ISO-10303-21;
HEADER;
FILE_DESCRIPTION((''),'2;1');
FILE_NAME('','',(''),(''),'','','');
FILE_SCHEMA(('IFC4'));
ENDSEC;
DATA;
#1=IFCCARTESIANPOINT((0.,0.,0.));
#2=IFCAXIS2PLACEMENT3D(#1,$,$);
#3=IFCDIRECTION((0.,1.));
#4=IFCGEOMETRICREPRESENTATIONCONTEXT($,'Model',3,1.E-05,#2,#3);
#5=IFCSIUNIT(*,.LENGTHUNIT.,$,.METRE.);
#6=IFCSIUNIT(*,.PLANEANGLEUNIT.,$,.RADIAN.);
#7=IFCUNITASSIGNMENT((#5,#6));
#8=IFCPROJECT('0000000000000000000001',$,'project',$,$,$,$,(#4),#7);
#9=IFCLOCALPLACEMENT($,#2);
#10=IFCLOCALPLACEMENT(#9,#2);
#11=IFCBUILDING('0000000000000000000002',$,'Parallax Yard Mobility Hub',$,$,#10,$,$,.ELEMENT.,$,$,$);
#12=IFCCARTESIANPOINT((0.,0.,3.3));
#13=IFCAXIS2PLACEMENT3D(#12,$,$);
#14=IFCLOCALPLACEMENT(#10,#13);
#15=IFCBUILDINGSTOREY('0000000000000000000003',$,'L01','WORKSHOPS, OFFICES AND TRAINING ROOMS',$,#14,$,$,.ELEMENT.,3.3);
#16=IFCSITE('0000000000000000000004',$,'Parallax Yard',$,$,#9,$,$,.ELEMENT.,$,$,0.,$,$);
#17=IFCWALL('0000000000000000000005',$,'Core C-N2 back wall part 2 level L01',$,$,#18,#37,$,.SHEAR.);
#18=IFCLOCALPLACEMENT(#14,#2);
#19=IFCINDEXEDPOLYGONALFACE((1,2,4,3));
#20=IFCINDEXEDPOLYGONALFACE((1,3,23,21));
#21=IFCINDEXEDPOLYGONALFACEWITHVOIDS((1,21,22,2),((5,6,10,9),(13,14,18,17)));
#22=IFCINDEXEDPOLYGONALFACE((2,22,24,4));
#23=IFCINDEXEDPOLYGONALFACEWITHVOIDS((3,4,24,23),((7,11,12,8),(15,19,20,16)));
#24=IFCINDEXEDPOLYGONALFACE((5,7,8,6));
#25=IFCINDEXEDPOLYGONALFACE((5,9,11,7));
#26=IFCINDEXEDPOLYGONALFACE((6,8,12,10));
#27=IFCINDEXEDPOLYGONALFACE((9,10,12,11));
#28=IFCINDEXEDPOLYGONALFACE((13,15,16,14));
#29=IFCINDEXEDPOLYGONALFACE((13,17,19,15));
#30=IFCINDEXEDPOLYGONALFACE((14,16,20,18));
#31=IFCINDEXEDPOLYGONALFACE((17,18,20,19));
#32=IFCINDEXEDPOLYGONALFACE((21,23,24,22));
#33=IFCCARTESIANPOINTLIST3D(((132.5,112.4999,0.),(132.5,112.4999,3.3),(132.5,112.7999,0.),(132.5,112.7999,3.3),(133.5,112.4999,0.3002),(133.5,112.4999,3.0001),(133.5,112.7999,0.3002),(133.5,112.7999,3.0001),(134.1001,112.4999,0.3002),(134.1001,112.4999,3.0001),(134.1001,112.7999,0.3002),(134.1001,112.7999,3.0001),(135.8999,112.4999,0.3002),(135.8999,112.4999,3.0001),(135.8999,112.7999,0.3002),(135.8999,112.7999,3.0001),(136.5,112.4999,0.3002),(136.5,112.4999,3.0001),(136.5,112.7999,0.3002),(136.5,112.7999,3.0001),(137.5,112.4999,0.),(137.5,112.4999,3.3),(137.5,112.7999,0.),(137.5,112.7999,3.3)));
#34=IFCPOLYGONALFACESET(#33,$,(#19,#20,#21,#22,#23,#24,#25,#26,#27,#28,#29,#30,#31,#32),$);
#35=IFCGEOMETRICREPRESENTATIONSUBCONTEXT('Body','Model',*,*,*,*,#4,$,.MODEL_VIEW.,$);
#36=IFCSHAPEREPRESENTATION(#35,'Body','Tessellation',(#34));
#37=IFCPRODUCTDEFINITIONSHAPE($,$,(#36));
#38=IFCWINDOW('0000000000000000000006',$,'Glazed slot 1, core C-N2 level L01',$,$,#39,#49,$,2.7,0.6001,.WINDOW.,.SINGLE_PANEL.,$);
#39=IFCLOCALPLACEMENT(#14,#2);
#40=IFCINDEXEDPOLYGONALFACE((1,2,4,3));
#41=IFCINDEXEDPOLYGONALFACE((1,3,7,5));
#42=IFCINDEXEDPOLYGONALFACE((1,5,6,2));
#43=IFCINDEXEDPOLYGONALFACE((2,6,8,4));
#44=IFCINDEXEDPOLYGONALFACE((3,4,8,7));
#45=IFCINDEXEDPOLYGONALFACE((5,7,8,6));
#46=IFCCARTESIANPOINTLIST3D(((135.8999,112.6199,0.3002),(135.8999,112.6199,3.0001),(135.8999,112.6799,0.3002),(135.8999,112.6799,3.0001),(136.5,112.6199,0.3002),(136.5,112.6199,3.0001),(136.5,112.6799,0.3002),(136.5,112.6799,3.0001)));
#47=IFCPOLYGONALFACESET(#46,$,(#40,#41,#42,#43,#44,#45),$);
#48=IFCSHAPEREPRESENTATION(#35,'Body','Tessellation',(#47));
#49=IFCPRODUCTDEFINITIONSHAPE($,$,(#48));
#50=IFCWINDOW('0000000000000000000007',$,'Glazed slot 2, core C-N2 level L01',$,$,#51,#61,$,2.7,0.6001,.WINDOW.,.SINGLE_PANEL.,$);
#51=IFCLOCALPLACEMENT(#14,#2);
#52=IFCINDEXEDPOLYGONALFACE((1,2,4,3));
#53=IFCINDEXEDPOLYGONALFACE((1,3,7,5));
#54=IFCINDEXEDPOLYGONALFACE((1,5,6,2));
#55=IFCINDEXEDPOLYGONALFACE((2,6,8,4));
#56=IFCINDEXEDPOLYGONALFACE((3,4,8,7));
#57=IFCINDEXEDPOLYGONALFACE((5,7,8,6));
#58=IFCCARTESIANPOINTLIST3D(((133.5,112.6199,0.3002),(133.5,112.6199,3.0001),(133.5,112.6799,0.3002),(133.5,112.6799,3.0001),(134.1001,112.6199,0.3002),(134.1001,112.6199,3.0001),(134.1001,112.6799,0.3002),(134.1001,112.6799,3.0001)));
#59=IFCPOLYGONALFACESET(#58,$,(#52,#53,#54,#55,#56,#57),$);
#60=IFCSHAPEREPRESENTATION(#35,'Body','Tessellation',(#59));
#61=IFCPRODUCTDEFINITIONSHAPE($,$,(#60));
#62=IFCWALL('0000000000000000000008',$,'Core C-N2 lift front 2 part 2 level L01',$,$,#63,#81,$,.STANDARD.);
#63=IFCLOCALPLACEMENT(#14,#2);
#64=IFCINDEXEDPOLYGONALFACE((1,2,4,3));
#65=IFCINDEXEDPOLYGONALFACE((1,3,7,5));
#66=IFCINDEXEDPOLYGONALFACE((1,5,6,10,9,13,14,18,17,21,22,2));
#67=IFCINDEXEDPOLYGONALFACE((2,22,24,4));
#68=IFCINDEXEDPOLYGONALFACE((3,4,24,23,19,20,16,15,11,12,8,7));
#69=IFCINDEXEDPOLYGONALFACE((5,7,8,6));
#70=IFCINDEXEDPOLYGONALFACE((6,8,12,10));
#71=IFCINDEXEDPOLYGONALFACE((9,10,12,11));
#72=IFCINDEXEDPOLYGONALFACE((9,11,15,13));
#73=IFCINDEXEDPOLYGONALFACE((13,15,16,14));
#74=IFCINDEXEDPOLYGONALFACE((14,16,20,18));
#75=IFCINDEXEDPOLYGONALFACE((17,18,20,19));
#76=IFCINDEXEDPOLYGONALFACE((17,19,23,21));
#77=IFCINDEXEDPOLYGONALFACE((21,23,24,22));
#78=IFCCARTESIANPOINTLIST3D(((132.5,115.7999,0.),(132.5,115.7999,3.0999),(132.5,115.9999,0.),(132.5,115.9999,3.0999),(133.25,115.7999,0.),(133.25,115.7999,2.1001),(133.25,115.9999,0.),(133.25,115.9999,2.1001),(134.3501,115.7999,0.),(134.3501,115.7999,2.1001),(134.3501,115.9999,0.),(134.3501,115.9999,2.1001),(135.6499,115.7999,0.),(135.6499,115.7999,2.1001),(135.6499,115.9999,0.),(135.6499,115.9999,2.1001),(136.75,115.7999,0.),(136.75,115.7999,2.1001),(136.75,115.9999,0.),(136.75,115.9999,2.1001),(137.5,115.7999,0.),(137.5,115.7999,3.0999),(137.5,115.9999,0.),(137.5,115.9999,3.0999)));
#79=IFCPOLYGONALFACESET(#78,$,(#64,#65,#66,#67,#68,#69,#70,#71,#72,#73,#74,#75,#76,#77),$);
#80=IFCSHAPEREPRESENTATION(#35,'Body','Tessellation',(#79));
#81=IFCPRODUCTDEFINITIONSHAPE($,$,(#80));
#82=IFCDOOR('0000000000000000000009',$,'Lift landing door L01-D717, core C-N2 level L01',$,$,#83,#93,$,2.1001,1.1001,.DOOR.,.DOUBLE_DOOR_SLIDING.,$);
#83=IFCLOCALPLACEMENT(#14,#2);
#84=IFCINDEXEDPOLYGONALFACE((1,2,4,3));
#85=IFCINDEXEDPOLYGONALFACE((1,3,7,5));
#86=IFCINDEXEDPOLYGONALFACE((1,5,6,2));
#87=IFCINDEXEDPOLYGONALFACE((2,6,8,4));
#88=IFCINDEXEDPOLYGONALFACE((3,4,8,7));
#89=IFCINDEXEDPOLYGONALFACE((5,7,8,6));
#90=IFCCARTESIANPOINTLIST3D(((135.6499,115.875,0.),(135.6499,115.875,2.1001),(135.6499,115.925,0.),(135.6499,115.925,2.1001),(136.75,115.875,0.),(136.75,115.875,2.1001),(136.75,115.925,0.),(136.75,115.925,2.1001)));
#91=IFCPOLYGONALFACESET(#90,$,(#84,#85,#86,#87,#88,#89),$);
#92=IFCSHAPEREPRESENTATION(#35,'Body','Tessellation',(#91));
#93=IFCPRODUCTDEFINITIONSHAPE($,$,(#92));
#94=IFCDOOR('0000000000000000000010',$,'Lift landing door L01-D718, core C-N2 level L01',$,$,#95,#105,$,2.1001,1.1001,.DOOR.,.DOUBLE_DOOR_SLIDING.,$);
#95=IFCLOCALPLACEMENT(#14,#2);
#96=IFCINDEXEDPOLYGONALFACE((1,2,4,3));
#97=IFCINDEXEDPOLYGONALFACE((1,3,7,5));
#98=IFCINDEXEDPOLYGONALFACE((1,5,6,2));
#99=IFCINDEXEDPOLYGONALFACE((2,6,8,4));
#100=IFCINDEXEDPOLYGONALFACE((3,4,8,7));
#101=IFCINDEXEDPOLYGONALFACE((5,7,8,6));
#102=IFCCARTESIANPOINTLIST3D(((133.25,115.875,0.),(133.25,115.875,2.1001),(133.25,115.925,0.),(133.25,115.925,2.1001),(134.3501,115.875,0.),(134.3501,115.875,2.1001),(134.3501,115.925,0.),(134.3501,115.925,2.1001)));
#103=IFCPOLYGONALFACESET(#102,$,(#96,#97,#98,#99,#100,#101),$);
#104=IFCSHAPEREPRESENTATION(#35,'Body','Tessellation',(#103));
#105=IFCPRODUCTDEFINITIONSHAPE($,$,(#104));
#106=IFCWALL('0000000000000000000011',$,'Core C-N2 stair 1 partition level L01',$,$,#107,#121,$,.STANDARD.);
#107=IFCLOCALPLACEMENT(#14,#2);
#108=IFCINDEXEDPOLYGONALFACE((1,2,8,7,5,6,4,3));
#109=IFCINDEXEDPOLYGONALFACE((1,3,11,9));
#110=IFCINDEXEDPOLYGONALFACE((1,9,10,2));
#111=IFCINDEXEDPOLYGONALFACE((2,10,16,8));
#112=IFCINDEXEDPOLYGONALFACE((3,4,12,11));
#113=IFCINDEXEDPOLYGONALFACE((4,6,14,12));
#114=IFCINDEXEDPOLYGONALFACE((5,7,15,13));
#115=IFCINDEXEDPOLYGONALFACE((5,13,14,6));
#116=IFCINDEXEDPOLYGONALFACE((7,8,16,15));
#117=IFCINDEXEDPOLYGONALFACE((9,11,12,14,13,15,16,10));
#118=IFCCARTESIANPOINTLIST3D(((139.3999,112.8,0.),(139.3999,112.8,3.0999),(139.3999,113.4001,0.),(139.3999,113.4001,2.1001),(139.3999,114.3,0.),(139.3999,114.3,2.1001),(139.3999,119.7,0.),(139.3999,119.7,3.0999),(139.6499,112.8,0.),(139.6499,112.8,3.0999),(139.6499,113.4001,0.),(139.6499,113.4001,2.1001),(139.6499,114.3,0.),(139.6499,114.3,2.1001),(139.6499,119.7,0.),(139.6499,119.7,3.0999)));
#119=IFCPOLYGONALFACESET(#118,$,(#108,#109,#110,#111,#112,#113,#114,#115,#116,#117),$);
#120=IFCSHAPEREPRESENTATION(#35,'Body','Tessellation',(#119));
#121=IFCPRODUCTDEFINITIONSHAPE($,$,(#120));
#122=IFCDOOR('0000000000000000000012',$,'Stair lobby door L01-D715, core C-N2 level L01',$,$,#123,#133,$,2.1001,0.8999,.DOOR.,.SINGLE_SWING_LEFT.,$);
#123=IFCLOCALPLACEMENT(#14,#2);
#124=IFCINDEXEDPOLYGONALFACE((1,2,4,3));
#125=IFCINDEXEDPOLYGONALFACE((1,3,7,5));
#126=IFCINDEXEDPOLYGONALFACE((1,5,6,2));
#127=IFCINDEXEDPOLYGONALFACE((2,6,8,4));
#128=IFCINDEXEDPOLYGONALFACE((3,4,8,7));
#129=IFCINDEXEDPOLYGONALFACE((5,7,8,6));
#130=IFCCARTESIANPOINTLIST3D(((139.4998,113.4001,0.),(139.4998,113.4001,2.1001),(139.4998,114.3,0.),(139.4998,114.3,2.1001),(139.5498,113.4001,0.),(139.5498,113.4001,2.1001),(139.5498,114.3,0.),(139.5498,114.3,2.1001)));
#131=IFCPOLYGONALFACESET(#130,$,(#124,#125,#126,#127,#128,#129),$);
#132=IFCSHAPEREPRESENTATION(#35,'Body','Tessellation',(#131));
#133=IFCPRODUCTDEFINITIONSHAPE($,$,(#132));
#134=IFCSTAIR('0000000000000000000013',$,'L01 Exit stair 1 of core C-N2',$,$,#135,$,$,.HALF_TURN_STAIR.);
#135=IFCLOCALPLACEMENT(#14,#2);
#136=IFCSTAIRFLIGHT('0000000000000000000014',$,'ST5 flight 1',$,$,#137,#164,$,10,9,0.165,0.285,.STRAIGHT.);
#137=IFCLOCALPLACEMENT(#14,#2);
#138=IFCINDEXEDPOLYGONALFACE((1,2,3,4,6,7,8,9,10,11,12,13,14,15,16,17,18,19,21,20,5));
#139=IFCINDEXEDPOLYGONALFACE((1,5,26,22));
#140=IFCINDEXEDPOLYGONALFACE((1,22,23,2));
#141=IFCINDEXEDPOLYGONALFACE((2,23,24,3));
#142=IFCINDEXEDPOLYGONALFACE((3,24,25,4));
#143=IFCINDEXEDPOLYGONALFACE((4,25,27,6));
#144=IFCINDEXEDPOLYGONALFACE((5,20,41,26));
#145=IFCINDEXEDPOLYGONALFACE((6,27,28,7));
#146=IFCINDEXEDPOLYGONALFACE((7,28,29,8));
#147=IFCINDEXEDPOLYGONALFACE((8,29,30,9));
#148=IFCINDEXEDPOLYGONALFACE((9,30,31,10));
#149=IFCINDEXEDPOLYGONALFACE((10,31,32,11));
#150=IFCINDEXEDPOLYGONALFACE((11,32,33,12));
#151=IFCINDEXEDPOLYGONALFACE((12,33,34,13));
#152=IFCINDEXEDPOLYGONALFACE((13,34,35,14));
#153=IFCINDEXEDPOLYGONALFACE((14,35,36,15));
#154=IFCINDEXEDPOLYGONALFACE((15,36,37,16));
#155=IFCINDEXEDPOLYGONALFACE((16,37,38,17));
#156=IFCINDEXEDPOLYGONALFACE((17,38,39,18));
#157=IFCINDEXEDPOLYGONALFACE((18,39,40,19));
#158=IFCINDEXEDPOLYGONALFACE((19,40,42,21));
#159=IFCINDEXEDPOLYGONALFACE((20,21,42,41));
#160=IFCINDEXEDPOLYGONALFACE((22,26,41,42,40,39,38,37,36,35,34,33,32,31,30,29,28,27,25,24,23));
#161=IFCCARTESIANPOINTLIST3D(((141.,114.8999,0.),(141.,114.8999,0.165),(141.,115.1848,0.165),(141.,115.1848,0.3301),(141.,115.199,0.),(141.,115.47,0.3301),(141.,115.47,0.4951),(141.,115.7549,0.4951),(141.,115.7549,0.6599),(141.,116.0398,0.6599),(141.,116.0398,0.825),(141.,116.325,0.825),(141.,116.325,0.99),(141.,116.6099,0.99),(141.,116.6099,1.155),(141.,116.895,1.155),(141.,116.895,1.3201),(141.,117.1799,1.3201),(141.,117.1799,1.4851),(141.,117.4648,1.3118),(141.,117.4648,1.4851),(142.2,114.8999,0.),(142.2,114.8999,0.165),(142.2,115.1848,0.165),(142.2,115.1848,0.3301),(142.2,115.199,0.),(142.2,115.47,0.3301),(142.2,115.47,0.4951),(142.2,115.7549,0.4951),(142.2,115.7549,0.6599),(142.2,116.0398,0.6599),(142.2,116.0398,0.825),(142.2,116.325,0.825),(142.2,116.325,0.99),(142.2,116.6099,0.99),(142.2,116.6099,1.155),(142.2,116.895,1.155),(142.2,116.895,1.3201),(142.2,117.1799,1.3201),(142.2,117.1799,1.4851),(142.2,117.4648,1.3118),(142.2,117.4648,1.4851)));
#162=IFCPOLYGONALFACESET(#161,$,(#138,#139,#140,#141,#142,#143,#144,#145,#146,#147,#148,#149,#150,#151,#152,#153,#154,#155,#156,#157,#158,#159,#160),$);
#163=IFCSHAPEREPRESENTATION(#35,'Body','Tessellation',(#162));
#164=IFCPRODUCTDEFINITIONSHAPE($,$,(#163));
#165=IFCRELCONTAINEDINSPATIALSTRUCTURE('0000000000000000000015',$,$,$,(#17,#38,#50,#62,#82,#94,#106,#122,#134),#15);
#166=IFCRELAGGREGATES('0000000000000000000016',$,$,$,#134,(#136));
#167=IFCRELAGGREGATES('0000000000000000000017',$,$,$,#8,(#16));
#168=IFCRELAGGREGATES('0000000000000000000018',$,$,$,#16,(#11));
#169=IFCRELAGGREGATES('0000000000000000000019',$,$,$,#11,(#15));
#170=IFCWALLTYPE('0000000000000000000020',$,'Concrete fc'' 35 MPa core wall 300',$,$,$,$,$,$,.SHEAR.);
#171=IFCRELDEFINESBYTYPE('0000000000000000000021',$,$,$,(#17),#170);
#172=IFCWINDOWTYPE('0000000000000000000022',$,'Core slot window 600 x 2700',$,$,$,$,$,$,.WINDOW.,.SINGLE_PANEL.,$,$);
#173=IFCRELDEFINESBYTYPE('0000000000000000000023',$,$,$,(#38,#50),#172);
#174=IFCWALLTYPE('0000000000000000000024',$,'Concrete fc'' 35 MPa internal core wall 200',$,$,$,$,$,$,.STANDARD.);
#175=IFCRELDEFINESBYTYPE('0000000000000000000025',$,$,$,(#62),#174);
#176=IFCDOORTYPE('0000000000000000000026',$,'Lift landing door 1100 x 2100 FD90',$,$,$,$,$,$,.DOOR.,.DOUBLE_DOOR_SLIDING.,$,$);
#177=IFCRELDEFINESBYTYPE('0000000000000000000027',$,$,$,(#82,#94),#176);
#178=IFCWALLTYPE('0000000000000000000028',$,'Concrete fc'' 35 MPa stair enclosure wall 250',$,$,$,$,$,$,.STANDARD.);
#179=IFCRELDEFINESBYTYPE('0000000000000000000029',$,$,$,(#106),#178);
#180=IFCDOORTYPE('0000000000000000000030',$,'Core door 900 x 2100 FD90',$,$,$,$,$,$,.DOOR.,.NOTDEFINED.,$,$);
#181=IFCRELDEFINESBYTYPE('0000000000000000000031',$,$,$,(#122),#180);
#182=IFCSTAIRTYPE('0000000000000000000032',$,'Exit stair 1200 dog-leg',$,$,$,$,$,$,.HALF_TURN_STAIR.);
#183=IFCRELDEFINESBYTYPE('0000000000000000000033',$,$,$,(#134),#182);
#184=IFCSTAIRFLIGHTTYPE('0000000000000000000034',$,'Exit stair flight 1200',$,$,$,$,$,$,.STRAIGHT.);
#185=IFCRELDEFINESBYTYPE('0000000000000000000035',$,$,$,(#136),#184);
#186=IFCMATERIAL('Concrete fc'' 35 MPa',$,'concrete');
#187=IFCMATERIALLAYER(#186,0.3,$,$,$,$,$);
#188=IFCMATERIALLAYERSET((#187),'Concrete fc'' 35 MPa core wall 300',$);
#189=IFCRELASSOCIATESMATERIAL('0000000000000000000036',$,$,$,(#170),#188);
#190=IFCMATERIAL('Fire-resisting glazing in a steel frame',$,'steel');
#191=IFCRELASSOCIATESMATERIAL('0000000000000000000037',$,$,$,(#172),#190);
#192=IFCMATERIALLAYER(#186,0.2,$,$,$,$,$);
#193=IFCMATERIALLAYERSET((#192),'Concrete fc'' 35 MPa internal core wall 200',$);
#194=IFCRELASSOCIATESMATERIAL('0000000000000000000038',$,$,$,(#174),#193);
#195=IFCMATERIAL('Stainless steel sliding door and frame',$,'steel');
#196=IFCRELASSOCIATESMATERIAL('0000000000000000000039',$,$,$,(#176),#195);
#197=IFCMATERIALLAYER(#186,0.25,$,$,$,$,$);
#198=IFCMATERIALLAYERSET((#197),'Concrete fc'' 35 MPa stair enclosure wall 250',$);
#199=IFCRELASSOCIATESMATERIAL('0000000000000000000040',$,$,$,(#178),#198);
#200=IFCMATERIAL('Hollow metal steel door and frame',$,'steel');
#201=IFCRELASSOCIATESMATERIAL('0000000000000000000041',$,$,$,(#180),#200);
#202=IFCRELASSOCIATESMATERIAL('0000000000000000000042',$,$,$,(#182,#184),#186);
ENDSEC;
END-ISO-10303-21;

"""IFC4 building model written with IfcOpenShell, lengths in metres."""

from ifc_helpers import new_model, si_unit, direction, frame, frame_2d, origin, place, context, subcontext, project, spatial, polyline, rectangle, outline, extrude, material, layer, layer_set, type_object, element, fill, aggregate, save


model = new_model("IFC4")

# Units and contexts
model_context = context("Model", 3, precision=1e-05, world=origin(), true_north=direction((0.0, 1.0)))
body_context = subcontext(model_context, "Body", "Model", "MODEL_VIEW")
ifc_project = project(units=[si_unit("LENGTHUNIT", "METRE"), si_unit("PLANEANGLEUNIT", "RADIAN")], contexts=[model_context])

# Site, building, storey
site_placement = place(None, origin())
site = spatial("IfcSite", under=ifc_project, at=site_placement, Name="Parallax Yard", CompositionType="ELEMENT", RefElevation=0.0)
building_placement = place(site_placement, origin())
building = spatial("IfcBuilding", under=site, at=building_placement, Name="Parallax Yard Mobility Hub", CompositionType="ELEMENT")
storey_placement = place(building_placement, frame((0.0, 0.0, 3.3)))
storey = spatial("IfcBuildingStorey", under=building, at=storey_placement, Name="L01", Description="WORKSHOPS, OFFICES AND TRAINING ROOMS", CompositionType="ELEMENT", Elevation=3.3)

# Wall, openings, windows
ifc_material_1 = material(Name="Concrete fc' 35 MPa", Category="concrete")
ifc_layer_1 = layer(ifc_material_1, 0.3)
ifc_layer_set_1 = layer_set([ifc_layer_1], Name="Concrete fc' 35 MPa core wall 300")
wall_type_1 = type_object("IfcWallType", Name="Concrete fc' 35 MPa core wall 300", PredefinedType="SHEAR", material=ifc_layer_set_1)
wall_1_placement = place(storey_placement, frame((137.5, 112.6499, 0.0), z_axis=(0.0, 0.0, 1.0), x_axis=(-1.0, 0.0, 0.0)))
wall_1 = element("IfcWall", 1, at=wall_1_placement, inside=storey, type_object=wall_type_1, Name="Core C-N2 back wall part 2 level L01", PredefinedType="SHEAR", context=body_context, shape_type="SweptSolid", body=[
    extrude(rectangle(XDim=5.0, YDim=0.3, at=frame_2d((2.5, 0.0))), origin(), (0.0, 0.0, 1.0), 3.3),
])
opening_1_placement = place(wall_1_placement, frame((1.0, 0.0, 0.3)))
opening_1 = element("IfcOpeningElement", 2, at=opening_1_placement, cuts=wall_1, PredefinedType="OPENING", context=body_context, shape_type="SweptSolid", body=[
    extrude(rectangle(XDim=0.6001, YDim=2.7, at=frame_2d((0.3, 1.3501))), frame((0.0, 0.1602, 0.0), z_axis=(0.0, -1.0, 0.0), x_axis=(1.0, 0.0, 0.0)), (0.0, 0.0, 1.0), 0.3201),
])
opening_2_placement = place(wall_1_placement, frame((3.3999, 0.0, 0.3)))
opening_2 = element("IfcOpeningElement", 3, at=opening_2_placement, cuts=wall_1, PredefinedType="OPENING", context=body_context, shape_type="SweptSolid", body=[
    extrude(rectangle(XDim=0.6001, YDim=2.7, at=frame_2d((0.3, 1.3501))), frame((0.0, 0.1602, 0.0), z_axis=(0.0, -1.0, 0.0), x_axis=(1.0, 0.0, 0.0)), (0.0, 0.0, 1.0), 0.3201),
])
ifc_material_2 = material(Name="Fire-resisting glazing in a steel frame", Category="steel")
window_type = type_object("IfcWindowType", Name="Core slot window 600 x 2700", PartitioningType="SINGLE_PANEL", PredefinedType="WINDOW", material=ifc_material_2)
window_1_placement = place(opening_1_placement, origin())
window_1 = element("IfcWindow", 4, at=window_1_placement, inside=storey, type_object=window_type, Name="Glazed slot 1, core C-N2 level L01", OverallHeight=2.7, OverallWidth=0.6001, PartitioningType="SINGLE_PANEL", PredefinedType="WINDOW", context=body_context, shape_type="SweptSolid", body=[
    extrude(rectangle(XDim=0.6001, YDim=2.7, at=frame_2d((0.3, 1.3501))), frame((0.0, 0.03, 0.0), z_axis=(0.0, -1.0, 0.0), x_axis=(1.0, 0.0, 0.0)), (0.0, 0.0, 1.0), 0.0601),
])
fill(opening_1, window_1)
window_2_placement = place(opening_2_placement, origin())
window_2 = element("IfcWindow", 5, at=window_2_placement, inside=storey, type_object=window_type, Name="Glazed slot 2, core C-N2 level L01", OverallHeight=2.7, OverallWidth=0.6001, PartitioningType="SINGLE_PANEL", PredefinedType="WINDOW", context=body_context, shape_type="SweptSolid", body=[
    extrude(rectangle(XDim=0.6001, YDim=2.7, at=frame_2d((0.3, 1.3501))), frame((0.0, 0.03, 0.0), z_axis=(0.0, -1.0, 0.0), x_axis=(1.0, 0.0, 0.0)), (0.0, 0.0, 1.0), 0.0601),
])
fill(opening_2, window_2)

# Wall, openings, doors
ifc_layer_2 = layer(ifc_material_1, 0.2)
ifc_layer_set_2 = layer_set([ifc_layer_2], Name="Concrete fc' 35 MPa internal core wall 200")
wall_type_2 = type_object("IfcWallType", Name="Concrete fc' 35 MPa internal core wall 200", PredefinedType="STANDARD", material=ifc_layer_set_2)
wall_2_placement = place(storey_placement, frame((137.5, 115.8999, 0.0), z_axis=(0.0, 0.0, 1.0), x_axis=(-1.0, 0.0, 0.0)))
wall_2 = element("IfcWall", 6, at=wall_2_placement, inside=storey, type_object=wall_type_2, Name="Core C-N2 lift front 2 part 2 level L01", PredefinedType="STANDARD", context=body_context, shape_type="SweptSolid", body=[
    extrude(rectangle(XDim=5.0, YDim=0.2, at=frame_2d((2.5, 0.0))), origin(), (0.0, 0.0, 1.0), 3.0999),
])
opening_3_placement = place(wall_2_placement, frame((0.75, 0.0, 0.0)))
opening_3 = element("IfcOpeningElement", 7, at=opening_3_placement, cuts=wall_2, PredefinedType="OPENING", context=body_context, shape_type="SweptSolid", body=[
    extrude(rectangle(XDim=1.1001, YDim=2.1001, at=frame_2d((0.55, 1.05))), frame((0.0, 0.1099, 0.0), z_axis=(0.0, -1.0, 0.0), x_axis=(1.0, 0.0, 0.0)), (0.0, 0.0, 1.0), 0.22),
])
opening_4_placement = place(wall_2_placement, frame((3.1499, 0.0, 0.0)))
opening_4 = element("IfcOpeningElement", 8, at=opening_4_placement, cuts=wall_2, PredefinedType="OPENING", context=body_context, shape_type="SweptSolid", body=[
    extrude(rectangle(XDim=1.1001, YDim=2.1001, at=frame_2d((0.55, 1.05))), frame((0.0, 0.1099, 0.0), z_axis=(0.0, -1.0, 0.0), x_axis=(1.0, 0.0, 0.0)), (0.0, 0.0, 1.0), 0.22),
])
ifc_material_3 = material(Name="Stainless steel sliding door and frame", Category="steel")
door_type_1 = type_object("IfcDoorType", Name="Lift landing door 1100 x 2100 FD90", OperationType="DOUBLE_DOOR_SLIDING", PredefinedType="DOOR", material=ifc_material_3)
door_1_placement = place(opening_3_placement, origin())
door_1 = element("IfcDoor", 9, at=door_1_placement, inside=storey, type_object=door_type_1, Name="Lift landing door L01-D717, core C-N2 level L01", OperationType="DOUBLE_DOOR_SLIDING", OverallHeight=2.1001, OverallWidth=1.1001, PredefinedType="DOOR", context=body_context, shape_type="SweptSolid", body=[
    extrude(rectangle(XDim=1.1001, YDim=2.1001, at=frame_2d((0.55, 1.05))), frame((0.0, 0.0249, 0.0), z_axis=(0.0, -1.0, 0.0), x_axis=(1.0, 0.0, 0.0)), (0.0, 0.0, 1.0), 0.05),
])
fill(opening_3, door_1)
door_2_placement = place(opening_4_placement, origin())
door_2 = element("IfcDoor", 10, at=door_2_placement, inside=storey, type_object=door_type_1, Name="Lift landing door L01-D718, core C-N2 level L01", OperationType="DOUBLE_DOOR_SLIDING", OverallHeight=2.1001, OverallWidth=1.1001, PredefinedType="DOOR", context=body_context, shape_type="SweptSolid", body=[
    extrude(rectangle(XDim=1.1001, YDim=2.1001, at=frame_2d((0.55, 1.05))), frame((0.0, 0.0249, 0.0), z_axis=(0.0, -1.0, 0.0), x_axis=(1.0, 0.0, 0.0)), (0.0, 0.0, 1.0), 0.05),
])
fill(opening_4, door_2)

# Wall, opening, door
ifc_layer_3 = layer(ifc_material_1, 0.25)
ifc_layer_set_3 = layer_set([ifc_layer_3], Name="Concrete fc' 35 MPa stair enclosure wall 250")
wall_type_3 = type_object("IfcWallType", Name="Concrete fc' 35 MPa stair enclosure wall 250", PredefinedType="STANDARD", material=ifc_layer_set_3)
wall_3_placement = place(storey_placement, frame((139.5249, 119.7, 0.0), z_axis=(0.0, 0.0, 1.0), x_axis=(0.0, -1.0, 0.0)))
wall_3 = element("IfcWall", 11, at=wall_3_placement, inside=storey, type_object=wall_type_3, Name="Core C-N2 stair 1 partition level L01", PredefinedType="STANDARD", context=body_context, shape_type="SweptSolid", body=[
    extrude(rectangle(XDim=6.8999, YDim=0.25, at=frame_2d((3.45, 0.0))), origin(), (0.0, 0.0, 1.0), 3.0999),
])
opening_5_placement = place(wall_3_placement, frame((5.3999, 0.0, 0.0)))
opening_5 = element("IfcOpeningElement", 12, at=opening_5_placement, cuts=wall_3, PredefinedType="OPENING", context=body_context, shape_type="SweptSolid", body=[
    extrude(rectangle(XDim=0.8999, YDim=2.1001, at=frame_2d((0.45, 1.05))), frame((0.0, 0.135, 0.0), z_axis=(0.0, -1.0, 0.0), x_axis=(1.0, 0.0, 0.0)), (0.0, 0.0, 1.0), 0.27),
])
ifc_material_4 = material(Name="Hollow metal steel door and frame", Category="steel")
door_type_2 = type_object("IfcDoorType", Name="Core door 900 x 2100 FD90", OperationType="NOTDEFINED", PredefinedType="DOOR", material=ifc_material_4)
door_3_placement = place(opening_5_placement, origin())
door_3 = element("IfcDoor", 13, at=door_3_placement, inside=storey, type_object=door_type_2, Name="Stair lobby door L01-D715, core C-N2 level L01", OperationType="SINGLE_SWING_LEFT", OverallHeight=2.1001, OverallWidth=0.8999, PredefinedType="DOOR", context=body_context, shape_type="SweptSolid", body=[
    extrude(rectangle(XDim=0.8999, YDim=2.1001, at=frame_2d((0.45, 1.05))), frame((0.0, 0.0249, 0.0), z_axis=(0.0, -1.0, 0.0), x_axis=(1.0, 0.0, 0.0)), (0.0, 0.0, 1.0), 0.05),
])
fill(opening_5, door_3)

# Stair, stair flight
stair_type = type_object("IfcStairType", Name="Exit stair 1200 dog-leg", PredefinedType="HALF_TURN_STAIR", material=ifc_material_1)
stair_placement = place(storey_placement, origin())
stair = element("IfcStair", 14, at=stair_placement, inside=storey, type_object=stair_type, Name="L01 Exit stair 1 of core C-N2", PredefinedType="HALF_TURN_STAIR")
stair_flight_type = type_object("IfcStairFlightType", Name="Exit stair flight 1200", PredefinedType="STRAIGHT", material=ifc_material_1)
stair_flight_1_placement = place(storey_placement, frame((141.6001, 114.8999, 0.0), z_axis=(0.0, 0.0, 1.0), x_axis=(0.0, 1.0, 0.0)))
stair_flight_1 = element("IfcStairFlight", 15, at=stair_flight_1_placement, type_object=stair_flight_type, Name="ST5 flight 1", NumberOfRisers=10, NumberOfTreads=9, PredefinedType="STRAIGHT", RiserHeight=0.165, TreadLength=0.285, context=body_context, shape_type="SweptSolid", body=[
    extrude(outline(polyline([(0.0, 0.0), (0.0, 0.165), (0.2849, 0.165), (0.2849, 0.3301), (0.5701, 0.3301), (0.5701, 0.4951), (0.855, 0.4951), (0.855, 0.6599), (1.1399, 0.6599), (1.1399, 0.825), (1.425, 0.825), (1.425, 0.99), (1.71, 0.99), (1.71, 1.155), (1.9951, 1.155), (1.9951, 1.3201), (2.28, 1.3201), (2.28, 1.4851), (2.5649, 1.4851), (2.5649, 1.6499), (2.5649, 1.3118), (0.2991, 0.0), (0.0, 0.0)])), frame((0.0, 0.6001, 0.0), z_axis=(0.0, -1.0, 0.0), x_axis=(1.0, 0.0, 0.0)), (0.0, 0.0, 1.0), 1.2),
])
aggregate(stair, [stair_flight_1])

save(model, "model.ifc")
